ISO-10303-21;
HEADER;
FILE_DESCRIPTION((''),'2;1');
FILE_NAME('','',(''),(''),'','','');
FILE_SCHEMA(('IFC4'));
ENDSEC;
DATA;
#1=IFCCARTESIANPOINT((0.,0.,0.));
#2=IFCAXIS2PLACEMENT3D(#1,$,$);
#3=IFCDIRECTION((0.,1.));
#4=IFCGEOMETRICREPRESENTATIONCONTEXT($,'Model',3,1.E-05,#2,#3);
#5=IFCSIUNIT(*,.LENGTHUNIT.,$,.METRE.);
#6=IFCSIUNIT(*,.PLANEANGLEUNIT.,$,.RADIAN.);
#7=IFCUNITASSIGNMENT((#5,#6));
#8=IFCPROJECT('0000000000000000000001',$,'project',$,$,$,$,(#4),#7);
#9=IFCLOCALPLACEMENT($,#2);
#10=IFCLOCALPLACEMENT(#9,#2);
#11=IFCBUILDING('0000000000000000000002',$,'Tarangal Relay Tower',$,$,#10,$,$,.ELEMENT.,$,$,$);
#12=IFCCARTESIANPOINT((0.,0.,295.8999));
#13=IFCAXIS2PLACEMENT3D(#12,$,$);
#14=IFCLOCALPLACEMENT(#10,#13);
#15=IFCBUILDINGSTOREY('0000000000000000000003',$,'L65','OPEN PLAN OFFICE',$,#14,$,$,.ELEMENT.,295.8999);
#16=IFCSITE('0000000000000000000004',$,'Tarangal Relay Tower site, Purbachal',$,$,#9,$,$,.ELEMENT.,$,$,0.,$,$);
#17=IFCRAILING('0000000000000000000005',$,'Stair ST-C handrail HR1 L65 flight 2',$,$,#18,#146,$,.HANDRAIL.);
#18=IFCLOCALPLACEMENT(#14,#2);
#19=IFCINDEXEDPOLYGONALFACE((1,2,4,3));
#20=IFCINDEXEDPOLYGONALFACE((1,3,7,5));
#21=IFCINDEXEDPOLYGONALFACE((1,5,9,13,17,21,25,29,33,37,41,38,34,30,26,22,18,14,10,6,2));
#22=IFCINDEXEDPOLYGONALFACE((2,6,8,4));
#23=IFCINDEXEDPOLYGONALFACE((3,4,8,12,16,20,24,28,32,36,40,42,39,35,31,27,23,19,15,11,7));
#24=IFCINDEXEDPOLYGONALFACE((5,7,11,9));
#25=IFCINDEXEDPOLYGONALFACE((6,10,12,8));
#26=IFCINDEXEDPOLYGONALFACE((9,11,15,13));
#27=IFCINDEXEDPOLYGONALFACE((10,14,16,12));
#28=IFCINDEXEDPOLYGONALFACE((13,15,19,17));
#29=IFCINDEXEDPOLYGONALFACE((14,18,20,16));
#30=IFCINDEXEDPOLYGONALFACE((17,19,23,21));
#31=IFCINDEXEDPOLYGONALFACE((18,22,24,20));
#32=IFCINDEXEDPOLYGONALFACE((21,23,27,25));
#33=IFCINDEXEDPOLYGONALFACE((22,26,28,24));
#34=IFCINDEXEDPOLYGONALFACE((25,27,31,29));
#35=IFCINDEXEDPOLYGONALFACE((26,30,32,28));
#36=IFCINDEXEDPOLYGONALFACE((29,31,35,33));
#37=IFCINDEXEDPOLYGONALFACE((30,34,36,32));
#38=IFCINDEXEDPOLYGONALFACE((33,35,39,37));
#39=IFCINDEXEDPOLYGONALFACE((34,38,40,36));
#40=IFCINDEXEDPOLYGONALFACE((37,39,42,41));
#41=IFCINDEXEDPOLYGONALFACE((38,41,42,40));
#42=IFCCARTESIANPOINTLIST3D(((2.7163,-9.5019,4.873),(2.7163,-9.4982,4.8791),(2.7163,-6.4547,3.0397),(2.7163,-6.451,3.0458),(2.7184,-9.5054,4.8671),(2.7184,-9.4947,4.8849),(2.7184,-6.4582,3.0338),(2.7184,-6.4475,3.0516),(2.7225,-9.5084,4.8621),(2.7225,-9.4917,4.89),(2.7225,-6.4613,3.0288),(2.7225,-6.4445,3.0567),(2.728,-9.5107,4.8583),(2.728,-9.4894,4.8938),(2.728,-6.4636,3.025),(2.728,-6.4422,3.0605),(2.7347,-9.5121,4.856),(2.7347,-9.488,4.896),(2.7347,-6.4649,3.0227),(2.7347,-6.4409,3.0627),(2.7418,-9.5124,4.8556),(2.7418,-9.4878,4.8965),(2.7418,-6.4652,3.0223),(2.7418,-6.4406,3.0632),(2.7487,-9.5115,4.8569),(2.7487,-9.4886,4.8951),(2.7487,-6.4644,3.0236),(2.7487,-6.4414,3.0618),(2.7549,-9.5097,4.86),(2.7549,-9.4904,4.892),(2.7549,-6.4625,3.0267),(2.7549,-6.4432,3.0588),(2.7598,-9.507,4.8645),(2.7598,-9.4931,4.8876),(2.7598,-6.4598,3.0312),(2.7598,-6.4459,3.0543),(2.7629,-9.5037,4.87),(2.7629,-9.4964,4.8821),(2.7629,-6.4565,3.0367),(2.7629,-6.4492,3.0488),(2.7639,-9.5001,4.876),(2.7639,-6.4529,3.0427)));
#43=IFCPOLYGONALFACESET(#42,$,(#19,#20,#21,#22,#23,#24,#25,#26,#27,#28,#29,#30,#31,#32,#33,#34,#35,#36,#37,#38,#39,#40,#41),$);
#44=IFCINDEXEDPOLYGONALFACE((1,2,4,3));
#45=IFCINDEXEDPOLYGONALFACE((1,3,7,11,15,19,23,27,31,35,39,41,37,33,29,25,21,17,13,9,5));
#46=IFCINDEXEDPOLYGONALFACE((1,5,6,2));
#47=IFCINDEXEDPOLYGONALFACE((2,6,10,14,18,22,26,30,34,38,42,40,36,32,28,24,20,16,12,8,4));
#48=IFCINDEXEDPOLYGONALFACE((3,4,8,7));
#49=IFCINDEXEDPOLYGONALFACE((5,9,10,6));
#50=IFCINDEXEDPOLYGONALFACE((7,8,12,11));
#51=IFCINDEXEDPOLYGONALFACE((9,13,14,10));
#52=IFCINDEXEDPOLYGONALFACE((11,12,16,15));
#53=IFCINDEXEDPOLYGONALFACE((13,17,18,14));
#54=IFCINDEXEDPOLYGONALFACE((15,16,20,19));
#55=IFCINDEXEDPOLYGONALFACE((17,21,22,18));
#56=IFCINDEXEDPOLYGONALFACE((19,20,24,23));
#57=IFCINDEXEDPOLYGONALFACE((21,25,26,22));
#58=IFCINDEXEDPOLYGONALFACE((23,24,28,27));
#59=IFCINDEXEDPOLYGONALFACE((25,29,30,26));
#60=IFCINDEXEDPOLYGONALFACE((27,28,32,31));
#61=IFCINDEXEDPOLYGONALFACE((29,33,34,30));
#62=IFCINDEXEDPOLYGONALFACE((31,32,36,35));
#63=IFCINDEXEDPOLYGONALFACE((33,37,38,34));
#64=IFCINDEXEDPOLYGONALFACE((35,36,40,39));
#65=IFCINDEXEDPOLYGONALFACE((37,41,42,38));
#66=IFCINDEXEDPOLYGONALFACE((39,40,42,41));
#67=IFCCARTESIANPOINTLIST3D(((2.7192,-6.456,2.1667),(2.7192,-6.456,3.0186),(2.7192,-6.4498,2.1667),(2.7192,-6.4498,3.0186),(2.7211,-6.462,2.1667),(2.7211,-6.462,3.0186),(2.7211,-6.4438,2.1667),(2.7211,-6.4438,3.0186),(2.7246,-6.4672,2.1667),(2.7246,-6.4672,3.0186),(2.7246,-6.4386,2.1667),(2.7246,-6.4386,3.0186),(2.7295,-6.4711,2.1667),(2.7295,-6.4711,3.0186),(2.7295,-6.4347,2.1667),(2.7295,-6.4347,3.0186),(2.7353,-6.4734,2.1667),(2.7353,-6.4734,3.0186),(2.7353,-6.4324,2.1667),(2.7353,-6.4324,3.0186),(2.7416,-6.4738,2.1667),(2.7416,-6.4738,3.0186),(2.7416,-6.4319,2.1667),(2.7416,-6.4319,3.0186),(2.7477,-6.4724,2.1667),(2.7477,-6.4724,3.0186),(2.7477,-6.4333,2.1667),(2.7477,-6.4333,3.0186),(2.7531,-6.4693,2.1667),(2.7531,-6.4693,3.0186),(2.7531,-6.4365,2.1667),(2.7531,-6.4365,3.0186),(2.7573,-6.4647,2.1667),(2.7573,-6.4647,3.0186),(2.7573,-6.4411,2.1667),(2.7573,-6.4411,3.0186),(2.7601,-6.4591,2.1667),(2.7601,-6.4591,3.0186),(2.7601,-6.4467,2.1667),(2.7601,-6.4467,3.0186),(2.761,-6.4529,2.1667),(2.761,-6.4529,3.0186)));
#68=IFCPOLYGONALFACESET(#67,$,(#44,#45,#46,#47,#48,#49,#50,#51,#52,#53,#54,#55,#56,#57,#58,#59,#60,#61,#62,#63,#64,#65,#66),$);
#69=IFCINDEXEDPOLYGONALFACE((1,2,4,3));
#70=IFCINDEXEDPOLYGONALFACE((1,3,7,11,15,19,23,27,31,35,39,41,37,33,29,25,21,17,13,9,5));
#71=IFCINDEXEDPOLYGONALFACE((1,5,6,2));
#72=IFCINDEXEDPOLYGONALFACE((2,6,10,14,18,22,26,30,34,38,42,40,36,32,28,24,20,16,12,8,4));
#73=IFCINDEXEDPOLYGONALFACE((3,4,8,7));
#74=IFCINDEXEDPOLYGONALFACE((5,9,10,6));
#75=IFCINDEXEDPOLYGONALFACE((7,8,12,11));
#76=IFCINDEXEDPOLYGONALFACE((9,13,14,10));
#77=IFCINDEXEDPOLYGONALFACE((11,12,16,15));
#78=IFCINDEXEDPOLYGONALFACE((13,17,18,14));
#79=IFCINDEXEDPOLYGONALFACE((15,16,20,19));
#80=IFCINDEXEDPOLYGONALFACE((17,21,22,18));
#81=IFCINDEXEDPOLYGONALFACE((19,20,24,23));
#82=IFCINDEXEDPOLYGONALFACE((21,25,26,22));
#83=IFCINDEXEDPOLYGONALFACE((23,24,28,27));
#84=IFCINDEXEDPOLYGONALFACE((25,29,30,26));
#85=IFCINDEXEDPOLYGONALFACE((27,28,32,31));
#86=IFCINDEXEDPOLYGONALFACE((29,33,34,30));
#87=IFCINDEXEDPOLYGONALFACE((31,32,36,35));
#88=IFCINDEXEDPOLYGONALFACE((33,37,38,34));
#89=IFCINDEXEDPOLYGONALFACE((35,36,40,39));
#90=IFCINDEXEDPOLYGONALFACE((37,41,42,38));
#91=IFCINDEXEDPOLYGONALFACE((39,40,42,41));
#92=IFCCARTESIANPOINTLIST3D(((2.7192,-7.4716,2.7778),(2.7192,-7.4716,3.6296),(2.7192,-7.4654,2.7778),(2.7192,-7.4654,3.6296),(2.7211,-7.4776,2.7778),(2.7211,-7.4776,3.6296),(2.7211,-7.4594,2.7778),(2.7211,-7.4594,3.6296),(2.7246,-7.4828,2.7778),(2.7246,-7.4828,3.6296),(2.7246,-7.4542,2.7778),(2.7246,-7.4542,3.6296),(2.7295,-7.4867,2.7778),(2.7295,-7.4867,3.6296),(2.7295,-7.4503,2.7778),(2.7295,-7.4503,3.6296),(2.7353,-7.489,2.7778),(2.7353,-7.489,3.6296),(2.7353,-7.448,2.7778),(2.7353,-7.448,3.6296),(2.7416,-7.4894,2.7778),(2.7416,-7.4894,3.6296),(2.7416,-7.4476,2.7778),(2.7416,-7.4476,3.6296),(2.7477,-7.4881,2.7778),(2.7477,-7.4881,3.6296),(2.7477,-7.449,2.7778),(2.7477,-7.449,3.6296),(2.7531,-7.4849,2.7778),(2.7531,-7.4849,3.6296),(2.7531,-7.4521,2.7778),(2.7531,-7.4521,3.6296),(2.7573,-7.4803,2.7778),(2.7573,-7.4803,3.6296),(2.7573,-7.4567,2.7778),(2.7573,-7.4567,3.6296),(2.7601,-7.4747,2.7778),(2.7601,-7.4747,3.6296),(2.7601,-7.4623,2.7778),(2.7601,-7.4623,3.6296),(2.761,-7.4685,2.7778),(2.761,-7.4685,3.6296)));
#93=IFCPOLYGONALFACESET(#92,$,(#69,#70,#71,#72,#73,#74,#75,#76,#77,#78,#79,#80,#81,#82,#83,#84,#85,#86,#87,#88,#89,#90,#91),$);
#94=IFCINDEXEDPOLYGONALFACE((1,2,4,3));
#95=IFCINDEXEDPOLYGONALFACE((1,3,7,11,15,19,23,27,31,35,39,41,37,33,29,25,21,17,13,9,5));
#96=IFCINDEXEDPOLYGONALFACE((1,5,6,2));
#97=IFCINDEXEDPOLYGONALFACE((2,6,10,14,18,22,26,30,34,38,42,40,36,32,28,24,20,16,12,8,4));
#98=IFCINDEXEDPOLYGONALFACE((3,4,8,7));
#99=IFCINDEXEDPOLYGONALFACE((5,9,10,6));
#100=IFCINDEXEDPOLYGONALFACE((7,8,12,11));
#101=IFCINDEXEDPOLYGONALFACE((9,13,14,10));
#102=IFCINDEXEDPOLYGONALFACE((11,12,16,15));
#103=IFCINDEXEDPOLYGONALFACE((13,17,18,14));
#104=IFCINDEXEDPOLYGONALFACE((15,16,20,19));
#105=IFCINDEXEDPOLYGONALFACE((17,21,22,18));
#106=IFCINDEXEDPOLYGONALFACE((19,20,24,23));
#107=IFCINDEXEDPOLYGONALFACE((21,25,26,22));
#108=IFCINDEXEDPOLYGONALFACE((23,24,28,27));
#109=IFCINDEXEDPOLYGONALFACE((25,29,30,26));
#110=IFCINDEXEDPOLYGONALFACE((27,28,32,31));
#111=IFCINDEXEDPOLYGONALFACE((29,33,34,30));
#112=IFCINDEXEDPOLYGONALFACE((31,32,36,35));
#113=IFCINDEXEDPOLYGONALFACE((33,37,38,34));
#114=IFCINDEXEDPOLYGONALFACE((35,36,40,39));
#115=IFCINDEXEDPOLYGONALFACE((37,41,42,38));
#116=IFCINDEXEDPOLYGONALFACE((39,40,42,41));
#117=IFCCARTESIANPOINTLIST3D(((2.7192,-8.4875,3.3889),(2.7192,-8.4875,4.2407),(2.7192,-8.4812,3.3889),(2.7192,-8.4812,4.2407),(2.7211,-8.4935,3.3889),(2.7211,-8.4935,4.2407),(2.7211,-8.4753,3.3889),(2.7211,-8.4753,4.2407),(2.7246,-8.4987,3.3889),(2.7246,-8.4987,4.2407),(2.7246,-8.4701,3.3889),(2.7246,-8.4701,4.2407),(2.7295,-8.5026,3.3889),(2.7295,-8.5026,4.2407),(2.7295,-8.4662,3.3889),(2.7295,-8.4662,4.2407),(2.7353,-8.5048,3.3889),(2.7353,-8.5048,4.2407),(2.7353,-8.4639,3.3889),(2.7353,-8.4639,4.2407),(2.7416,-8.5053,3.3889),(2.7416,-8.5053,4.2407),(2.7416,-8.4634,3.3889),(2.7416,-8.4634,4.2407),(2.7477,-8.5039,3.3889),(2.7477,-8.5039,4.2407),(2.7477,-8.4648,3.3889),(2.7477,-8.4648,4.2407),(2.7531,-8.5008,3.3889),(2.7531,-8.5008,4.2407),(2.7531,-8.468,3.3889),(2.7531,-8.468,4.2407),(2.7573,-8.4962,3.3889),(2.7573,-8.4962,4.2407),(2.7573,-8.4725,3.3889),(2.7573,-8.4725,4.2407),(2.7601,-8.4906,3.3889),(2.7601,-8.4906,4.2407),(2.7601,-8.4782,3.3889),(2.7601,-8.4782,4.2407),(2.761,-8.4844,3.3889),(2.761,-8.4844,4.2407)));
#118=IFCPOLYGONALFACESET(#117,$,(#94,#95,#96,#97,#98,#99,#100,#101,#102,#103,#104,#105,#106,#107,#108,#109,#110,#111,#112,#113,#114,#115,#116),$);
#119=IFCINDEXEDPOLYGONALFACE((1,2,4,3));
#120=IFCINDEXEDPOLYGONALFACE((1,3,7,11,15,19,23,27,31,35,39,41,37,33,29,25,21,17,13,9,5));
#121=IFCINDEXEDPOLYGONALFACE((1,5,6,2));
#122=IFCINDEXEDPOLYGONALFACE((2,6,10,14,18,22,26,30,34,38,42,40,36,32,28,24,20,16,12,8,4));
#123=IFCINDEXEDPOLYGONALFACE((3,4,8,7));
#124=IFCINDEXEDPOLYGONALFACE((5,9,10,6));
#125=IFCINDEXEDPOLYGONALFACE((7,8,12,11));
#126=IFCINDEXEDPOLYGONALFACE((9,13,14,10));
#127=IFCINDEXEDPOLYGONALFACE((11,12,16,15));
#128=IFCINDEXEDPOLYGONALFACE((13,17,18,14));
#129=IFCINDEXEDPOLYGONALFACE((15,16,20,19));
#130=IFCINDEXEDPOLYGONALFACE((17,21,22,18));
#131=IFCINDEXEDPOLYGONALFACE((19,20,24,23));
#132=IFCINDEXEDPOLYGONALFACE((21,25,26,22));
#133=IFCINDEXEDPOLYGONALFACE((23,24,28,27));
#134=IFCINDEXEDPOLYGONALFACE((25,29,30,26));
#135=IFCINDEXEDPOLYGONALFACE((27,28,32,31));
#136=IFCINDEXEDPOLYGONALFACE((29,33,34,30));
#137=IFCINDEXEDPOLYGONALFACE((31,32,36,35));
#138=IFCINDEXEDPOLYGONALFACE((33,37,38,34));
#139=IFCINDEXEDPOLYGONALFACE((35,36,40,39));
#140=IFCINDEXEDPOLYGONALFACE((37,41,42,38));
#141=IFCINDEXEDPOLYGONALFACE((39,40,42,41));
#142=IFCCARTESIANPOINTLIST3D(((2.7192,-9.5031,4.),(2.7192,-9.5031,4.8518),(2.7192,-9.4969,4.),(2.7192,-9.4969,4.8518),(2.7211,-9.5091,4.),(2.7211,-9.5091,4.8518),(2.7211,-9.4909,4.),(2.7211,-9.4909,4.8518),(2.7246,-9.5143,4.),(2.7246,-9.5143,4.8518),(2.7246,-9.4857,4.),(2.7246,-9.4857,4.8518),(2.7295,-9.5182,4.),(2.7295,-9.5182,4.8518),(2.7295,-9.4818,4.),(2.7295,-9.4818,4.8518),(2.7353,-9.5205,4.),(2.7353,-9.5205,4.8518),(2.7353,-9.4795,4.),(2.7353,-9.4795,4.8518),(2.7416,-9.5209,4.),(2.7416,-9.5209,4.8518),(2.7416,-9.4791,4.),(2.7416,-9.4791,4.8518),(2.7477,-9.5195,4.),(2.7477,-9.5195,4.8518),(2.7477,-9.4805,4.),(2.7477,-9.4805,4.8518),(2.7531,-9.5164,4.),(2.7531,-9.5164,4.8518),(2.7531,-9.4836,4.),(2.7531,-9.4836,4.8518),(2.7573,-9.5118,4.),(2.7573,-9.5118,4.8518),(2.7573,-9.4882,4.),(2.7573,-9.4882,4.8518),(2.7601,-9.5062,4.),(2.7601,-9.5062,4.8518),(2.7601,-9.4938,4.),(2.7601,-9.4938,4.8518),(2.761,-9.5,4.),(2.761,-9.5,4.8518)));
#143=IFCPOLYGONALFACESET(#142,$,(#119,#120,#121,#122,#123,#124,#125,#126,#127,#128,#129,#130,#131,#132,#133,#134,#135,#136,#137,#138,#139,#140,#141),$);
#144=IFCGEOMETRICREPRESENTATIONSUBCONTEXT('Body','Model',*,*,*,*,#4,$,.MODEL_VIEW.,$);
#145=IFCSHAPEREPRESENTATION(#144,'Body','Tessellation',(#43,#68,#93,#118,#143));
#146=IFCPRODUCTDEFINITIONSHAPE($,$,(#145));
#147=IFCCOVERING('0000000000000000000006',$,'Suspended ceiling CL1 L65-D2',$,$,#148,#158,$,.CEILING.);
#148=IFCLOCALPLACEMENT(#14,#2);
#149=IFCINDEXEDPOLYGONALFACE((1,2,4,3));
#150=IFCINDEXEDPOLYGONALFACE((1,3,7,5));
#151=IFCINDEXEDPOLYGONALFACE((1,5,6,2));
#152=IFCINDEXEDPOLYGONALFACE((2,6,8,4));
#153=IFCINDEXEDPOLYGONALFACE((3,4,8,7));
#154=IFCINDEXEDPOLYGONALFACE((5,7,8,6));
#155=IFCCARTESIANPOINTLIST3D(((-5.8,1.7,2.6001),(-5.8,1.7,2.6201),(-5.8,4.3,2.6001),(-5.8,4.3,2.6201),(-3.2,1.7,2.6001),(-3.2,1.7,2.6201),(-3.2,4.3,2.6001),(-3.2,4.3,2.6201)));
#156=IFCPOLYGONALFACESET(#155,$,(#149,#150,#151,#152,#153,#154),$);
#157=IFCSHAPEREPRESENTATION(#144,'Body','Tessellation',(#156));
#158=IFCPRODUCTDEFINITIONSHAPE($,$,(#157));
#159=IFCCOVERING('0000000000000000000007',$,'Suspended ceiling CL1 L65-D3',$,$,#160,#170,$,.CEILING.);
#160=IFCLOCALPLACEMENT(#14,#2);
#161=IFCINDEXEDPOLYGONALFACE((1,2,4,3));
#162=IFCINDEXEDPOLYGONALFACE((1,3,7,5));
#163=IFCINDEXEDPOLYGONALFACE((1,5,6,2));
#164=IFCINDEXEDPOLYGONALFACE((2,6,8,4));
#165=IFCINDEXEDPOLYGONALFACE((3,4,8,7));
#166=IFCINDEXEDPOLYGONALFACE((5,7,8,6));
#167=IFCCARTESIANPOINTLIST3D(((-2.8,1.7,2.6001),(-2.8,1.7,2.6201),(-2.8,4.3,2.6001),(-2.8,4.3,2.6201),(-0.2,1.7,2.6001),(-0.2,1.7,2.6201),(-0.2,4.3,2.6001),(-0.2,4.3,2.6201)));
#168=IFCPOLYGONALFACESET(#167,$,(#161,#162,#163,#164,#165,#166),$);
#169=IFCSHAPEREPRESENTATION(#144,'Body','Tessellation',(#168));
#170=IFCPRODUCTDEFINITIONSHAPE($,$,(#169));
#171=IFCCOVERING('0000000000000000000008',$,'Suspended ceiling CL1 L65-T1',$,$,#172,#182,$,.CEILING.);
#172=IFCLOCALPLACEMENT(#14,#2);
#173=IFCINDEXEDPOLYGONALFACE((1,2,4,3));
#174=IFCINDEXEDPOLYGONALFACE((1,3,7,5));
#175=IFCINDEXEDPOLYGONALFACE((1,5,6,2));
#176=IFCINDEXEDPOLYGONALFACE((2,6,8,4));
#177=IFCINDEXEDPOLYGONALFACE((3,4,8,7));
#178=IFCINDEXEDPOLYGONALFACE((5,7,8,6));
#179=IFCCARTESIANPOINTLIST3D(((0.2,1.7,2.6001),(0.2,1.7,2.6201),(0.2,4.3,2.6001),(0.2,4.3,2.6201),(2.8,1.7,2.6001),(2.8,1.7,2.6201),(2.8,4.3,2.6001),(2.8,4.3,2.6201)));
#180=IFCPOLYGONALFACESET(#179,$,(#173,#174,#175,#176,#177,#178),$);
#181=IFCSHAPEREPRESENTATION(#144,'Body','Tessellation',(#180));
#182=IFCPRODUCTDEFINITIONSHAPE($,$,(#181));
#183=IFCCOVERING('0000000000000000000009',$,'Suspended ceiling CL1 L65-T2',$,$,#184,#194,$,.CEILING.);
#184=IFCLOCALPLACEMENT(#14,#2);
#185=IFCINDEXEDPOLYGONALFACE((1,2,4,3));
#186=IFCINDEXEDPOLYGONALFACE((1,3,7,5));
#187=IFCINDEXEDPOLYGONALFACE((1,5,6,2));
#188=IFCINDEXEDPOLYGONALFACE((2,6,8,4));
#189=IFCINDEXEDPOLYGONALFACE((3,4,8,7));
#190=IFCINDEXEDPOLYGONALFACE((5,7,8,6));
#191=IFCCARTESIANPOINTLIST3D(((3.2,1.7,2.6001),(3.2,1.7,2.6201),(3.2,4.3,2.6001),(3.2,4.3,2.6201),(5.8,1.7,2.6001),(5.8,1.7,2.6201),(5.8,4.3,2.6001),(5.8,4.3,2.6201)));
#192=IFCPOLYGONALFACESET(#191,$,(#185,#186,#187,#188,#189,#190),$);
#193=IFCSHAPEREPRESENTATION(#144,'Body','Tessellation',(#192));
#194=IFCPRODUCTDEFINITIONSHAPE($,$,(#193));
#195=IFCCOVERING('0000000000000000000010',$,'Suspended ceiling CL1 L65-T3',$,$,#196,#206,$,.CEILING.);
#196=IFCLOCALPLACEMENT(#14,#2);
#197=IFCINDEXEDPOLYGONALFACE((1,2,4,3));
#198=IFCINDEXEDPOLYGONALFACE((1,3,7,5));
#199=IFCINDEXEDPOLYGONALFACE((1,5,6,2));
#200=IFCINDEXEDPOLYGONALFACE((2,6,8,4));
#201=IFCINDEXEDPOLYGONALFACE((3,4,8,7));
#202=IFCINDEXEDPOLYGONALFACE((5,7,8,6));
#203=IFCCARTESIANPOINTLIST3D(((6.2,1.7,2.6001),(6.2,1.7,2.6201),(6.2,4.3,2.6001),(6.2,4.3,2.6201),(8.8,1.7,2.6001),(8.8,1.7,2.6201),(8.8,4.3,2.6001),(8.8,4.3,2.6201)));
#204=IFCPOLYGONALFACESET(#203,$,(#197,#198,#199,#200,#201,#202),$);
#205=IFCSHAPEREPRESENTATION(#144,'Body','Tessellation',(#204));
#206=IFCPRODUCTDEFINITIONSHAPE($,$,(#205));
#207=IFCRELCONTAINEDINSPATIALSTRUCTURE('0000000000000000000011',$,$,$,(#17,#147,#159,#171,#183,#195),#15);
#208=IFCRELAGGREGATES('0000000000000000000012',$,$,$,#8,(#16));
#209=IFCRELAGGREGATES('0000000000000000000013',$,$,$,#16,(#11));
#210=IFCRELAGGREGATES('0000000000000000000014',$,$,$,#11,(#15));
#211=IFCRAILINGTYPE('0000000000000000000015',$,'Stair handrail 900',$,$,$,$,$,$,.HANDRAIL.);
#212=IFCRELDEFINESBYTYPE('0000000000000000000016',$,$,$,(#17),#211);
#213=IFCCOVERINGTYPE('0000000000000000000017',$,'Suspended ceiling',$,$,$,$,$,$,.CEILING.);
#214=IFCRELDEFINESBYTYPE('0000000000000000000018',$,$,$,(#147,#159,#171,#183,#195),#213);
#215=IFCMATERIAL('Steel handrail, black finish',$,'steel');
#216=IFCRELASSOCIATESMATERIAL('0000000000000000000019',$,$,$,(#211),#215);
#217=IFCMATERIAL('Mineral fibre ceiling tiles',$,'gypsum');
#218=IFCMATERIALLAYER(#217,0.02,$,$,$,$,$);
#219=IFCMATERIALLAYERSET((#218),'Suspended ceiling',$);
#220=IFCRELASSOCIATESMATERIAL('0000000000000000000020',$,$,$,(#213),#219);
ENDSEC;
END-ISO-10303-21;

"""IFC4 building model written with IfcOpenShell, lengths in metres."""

from ifc_helpers import new_model, si_unit, direction, frame, origin, origin_2d, place, context, subcontext, project, spatial, polyline, circle, outline, extrude, material, layer, layer_set, type_object, element, save


model = new_model("IFC4")

# Units and contexts
model_context = context("Model", 3, precision=1e-05, world=origin(), true_north=direction((0.0, 1.0)))
body_context = subcontext(model_context, "Body", "Model", "MODEL_VIEW")
ifc_project = project(units=[si_unit("LENGTHUNIT", "METRE"), si_unit("PLANEANGLEUNIT", "RADIAN")], contexts=[model_context])

# Site, building, storey
site_placement = place(None, origin())
site = spatial("IfcSite", under=ifc_project, at=site_placement, Name="Tarangal Relay Tower site, Purbachal", CompositionType="ELEMENT", RefElevation=0.0)
building_placement = place(site_placement, origin())
building = spatial("IfcBuilding", under=site, at=building_placement, Name="Tarangal Relay Tower", CompositionType="ELEMENT")
storey_placement = place(building_placement, frame((0.0, 0.0, 295.8999)))
storey = spatial("IfcBuildingStorey", under=building, at=storey_placement, Name="L65", Description="OPEN PLAN OFFICE", CompositionType="ELEMENT", Elevation=295.8999)

# Railing
ifc_material_1 = material(Name="Steel handrail, black finish", Category="steel")
railing_type = type_object("IfcRailingType", Name="Stair handrail 900", PredefinedType="HANDRAIL", material=ifc_material_1)
railing_placement = place(storey_placement, frame((2.74, -6.4529, 2.1667)))
element("IfcRailing", 1, at=railing_placement, inside=storey, type_object=railing_type, Name="Stair ST-C handrail HR1 L65 flight 2", PredefinedType="HANDRAIL", context=body_context, shape_type="SweptSolid", body=[
    extrude(circle(Radius=0.0239, at=origin_2d()), frame((0.0, 0.0, 0.876), z_axis=(0.0, -0.856874, 0.515525), x_axis=(1.0, 0.0, 0.0)), (0.0, 0.0, 1.0), 3.5562),
    extrude(circle(Radius=0.021, at=origin_2d()), origin(), (0.0, 0.0, 1.0), 0.8518),
    extrude(circle(Radius=0.021, at=origin_2d()), frame((0.0, -1.0156, 0.6111)), (0.0, 0.0, 1.0), 0.8518),
    extrude(circle(Radius=0.021, at=origin_2d()), frame((0.0, -2.0315, 1.2222)), (0.0, 0.0, 1.0), 0.8518),
    extrude(circle(Radius=0.021, at=origin_2d()), frame((0.0, -3.0471, 1.8333)), (0.0, 0.0, 1.0), 0.8518),
])

# Coverings
ifc_material_2 = material(Name="Mineral fibre ceiling tiles", Category="gypsum")
ifc_layer_1 = layer(ifc_material_2, 0.02)
ifc_layer_set_1 = layer_set([ifc_layer_1], Name="Suspended ceiling")
covering_type_1 = type_object("IfcCoveringType", Name="Suspended ceiling", PredefinedType="CEILING", material=ifc_layer_set_1)
covering_1_placement = place(storey_placement, frame((0.0, 0.0, 2.6001)))
element("IfcCovering", 2, at=covering_1_placement, inside=storey, type_object=covering_type_1, Name="Suspended ceiling CL1 L65-D2", PredefinedType="CEILING", context=body_context, shape_type="SweptSolid", body=[
    extrude(outline(polyline([(-5.8, 1.7), (-3.2, 1.7), (-3.2, 4.3), (-5.8, 4.3), (-5.8, 1.7)])), origin(), (0.0, 0.0, 1.0), 0.02),
])
covering_2_placement = place(storey_placement, frame((0.0, 0.0, 2.6001)))
element("IfcCovering", 3, at=covering_2_placement, inside=storey, type_object=covering_type_1, Name="Suspended ceiling CL1 L65-D3", PredefinedType="CEILING", context=body_context, shape_type="SweptSolid", body=[
    extrude(outline(polyline([(-2.8, 1.7), (-0.2, 1.7), (-0.2, 4.3), (-2.8, 4.3), (-2.8, 1.7)])), origin(), (0.0, 0.0, 1.0), 0.02),
])
covering_3_placement = place(storey_placement, frame((0.0, 0.0, 2.6001)))
element("IfcCovering", 4, at=covering_3_placement, inside=storey, type_object=covering_type_1, Name="Suspended ceiling CL1 L65-T1", PredefinedType="CEILING", context=body_context, shape_type="SweptSolid", body=[
    extrude(outline(polyline([(0.2, 1.7), (2.8, 1.7), (2.8, 4.3), (0.2, 4.3), (0.2, 1.7)])), origin(), (0.0, 0.0, 1.0), 0.02),
])
covering_4_placement = place(storey_placement, frame((0.0, 0.0, 2.6001)))
element("IfcCovering", 5, at=covering_4_placement, inside=storey, type_object=covering_type_1, Name="Suspended ceiling CL1 L65-T2", PredefinedType="CEILING", context=body_context, shape_type="SweptSolid", body=[
    extrude(outline(polyline([(3.2, 1.7), (5.8, 1.7), (5.8, 4.3), (3.2, 4.3), (3.2, 1.7)])), origin(), (0.0, 0.0, 1.0), 0.02),
])
covering_5_placement = place(storey_placement, frame((0.0, 0.0, 2.6001)))
element("IfcCovering", 6, at=covering_5_placement, inside=storey, type_object=covering_type_1, Name="Suspended ceiling CL1 L65-T3", PredefinedType="CEILING", context=body_context, shape_type="SweptSolid", body=[
    extrude(outline(polyline([(6.2, 1.7), (8.8, 1.7), (8.8, 4.3), (6.2, 4.3), (6.2, 1.7)])), origin(), (0.0, 0.0, 1.0), 0.02),
])

save(model, "model.ifc")
